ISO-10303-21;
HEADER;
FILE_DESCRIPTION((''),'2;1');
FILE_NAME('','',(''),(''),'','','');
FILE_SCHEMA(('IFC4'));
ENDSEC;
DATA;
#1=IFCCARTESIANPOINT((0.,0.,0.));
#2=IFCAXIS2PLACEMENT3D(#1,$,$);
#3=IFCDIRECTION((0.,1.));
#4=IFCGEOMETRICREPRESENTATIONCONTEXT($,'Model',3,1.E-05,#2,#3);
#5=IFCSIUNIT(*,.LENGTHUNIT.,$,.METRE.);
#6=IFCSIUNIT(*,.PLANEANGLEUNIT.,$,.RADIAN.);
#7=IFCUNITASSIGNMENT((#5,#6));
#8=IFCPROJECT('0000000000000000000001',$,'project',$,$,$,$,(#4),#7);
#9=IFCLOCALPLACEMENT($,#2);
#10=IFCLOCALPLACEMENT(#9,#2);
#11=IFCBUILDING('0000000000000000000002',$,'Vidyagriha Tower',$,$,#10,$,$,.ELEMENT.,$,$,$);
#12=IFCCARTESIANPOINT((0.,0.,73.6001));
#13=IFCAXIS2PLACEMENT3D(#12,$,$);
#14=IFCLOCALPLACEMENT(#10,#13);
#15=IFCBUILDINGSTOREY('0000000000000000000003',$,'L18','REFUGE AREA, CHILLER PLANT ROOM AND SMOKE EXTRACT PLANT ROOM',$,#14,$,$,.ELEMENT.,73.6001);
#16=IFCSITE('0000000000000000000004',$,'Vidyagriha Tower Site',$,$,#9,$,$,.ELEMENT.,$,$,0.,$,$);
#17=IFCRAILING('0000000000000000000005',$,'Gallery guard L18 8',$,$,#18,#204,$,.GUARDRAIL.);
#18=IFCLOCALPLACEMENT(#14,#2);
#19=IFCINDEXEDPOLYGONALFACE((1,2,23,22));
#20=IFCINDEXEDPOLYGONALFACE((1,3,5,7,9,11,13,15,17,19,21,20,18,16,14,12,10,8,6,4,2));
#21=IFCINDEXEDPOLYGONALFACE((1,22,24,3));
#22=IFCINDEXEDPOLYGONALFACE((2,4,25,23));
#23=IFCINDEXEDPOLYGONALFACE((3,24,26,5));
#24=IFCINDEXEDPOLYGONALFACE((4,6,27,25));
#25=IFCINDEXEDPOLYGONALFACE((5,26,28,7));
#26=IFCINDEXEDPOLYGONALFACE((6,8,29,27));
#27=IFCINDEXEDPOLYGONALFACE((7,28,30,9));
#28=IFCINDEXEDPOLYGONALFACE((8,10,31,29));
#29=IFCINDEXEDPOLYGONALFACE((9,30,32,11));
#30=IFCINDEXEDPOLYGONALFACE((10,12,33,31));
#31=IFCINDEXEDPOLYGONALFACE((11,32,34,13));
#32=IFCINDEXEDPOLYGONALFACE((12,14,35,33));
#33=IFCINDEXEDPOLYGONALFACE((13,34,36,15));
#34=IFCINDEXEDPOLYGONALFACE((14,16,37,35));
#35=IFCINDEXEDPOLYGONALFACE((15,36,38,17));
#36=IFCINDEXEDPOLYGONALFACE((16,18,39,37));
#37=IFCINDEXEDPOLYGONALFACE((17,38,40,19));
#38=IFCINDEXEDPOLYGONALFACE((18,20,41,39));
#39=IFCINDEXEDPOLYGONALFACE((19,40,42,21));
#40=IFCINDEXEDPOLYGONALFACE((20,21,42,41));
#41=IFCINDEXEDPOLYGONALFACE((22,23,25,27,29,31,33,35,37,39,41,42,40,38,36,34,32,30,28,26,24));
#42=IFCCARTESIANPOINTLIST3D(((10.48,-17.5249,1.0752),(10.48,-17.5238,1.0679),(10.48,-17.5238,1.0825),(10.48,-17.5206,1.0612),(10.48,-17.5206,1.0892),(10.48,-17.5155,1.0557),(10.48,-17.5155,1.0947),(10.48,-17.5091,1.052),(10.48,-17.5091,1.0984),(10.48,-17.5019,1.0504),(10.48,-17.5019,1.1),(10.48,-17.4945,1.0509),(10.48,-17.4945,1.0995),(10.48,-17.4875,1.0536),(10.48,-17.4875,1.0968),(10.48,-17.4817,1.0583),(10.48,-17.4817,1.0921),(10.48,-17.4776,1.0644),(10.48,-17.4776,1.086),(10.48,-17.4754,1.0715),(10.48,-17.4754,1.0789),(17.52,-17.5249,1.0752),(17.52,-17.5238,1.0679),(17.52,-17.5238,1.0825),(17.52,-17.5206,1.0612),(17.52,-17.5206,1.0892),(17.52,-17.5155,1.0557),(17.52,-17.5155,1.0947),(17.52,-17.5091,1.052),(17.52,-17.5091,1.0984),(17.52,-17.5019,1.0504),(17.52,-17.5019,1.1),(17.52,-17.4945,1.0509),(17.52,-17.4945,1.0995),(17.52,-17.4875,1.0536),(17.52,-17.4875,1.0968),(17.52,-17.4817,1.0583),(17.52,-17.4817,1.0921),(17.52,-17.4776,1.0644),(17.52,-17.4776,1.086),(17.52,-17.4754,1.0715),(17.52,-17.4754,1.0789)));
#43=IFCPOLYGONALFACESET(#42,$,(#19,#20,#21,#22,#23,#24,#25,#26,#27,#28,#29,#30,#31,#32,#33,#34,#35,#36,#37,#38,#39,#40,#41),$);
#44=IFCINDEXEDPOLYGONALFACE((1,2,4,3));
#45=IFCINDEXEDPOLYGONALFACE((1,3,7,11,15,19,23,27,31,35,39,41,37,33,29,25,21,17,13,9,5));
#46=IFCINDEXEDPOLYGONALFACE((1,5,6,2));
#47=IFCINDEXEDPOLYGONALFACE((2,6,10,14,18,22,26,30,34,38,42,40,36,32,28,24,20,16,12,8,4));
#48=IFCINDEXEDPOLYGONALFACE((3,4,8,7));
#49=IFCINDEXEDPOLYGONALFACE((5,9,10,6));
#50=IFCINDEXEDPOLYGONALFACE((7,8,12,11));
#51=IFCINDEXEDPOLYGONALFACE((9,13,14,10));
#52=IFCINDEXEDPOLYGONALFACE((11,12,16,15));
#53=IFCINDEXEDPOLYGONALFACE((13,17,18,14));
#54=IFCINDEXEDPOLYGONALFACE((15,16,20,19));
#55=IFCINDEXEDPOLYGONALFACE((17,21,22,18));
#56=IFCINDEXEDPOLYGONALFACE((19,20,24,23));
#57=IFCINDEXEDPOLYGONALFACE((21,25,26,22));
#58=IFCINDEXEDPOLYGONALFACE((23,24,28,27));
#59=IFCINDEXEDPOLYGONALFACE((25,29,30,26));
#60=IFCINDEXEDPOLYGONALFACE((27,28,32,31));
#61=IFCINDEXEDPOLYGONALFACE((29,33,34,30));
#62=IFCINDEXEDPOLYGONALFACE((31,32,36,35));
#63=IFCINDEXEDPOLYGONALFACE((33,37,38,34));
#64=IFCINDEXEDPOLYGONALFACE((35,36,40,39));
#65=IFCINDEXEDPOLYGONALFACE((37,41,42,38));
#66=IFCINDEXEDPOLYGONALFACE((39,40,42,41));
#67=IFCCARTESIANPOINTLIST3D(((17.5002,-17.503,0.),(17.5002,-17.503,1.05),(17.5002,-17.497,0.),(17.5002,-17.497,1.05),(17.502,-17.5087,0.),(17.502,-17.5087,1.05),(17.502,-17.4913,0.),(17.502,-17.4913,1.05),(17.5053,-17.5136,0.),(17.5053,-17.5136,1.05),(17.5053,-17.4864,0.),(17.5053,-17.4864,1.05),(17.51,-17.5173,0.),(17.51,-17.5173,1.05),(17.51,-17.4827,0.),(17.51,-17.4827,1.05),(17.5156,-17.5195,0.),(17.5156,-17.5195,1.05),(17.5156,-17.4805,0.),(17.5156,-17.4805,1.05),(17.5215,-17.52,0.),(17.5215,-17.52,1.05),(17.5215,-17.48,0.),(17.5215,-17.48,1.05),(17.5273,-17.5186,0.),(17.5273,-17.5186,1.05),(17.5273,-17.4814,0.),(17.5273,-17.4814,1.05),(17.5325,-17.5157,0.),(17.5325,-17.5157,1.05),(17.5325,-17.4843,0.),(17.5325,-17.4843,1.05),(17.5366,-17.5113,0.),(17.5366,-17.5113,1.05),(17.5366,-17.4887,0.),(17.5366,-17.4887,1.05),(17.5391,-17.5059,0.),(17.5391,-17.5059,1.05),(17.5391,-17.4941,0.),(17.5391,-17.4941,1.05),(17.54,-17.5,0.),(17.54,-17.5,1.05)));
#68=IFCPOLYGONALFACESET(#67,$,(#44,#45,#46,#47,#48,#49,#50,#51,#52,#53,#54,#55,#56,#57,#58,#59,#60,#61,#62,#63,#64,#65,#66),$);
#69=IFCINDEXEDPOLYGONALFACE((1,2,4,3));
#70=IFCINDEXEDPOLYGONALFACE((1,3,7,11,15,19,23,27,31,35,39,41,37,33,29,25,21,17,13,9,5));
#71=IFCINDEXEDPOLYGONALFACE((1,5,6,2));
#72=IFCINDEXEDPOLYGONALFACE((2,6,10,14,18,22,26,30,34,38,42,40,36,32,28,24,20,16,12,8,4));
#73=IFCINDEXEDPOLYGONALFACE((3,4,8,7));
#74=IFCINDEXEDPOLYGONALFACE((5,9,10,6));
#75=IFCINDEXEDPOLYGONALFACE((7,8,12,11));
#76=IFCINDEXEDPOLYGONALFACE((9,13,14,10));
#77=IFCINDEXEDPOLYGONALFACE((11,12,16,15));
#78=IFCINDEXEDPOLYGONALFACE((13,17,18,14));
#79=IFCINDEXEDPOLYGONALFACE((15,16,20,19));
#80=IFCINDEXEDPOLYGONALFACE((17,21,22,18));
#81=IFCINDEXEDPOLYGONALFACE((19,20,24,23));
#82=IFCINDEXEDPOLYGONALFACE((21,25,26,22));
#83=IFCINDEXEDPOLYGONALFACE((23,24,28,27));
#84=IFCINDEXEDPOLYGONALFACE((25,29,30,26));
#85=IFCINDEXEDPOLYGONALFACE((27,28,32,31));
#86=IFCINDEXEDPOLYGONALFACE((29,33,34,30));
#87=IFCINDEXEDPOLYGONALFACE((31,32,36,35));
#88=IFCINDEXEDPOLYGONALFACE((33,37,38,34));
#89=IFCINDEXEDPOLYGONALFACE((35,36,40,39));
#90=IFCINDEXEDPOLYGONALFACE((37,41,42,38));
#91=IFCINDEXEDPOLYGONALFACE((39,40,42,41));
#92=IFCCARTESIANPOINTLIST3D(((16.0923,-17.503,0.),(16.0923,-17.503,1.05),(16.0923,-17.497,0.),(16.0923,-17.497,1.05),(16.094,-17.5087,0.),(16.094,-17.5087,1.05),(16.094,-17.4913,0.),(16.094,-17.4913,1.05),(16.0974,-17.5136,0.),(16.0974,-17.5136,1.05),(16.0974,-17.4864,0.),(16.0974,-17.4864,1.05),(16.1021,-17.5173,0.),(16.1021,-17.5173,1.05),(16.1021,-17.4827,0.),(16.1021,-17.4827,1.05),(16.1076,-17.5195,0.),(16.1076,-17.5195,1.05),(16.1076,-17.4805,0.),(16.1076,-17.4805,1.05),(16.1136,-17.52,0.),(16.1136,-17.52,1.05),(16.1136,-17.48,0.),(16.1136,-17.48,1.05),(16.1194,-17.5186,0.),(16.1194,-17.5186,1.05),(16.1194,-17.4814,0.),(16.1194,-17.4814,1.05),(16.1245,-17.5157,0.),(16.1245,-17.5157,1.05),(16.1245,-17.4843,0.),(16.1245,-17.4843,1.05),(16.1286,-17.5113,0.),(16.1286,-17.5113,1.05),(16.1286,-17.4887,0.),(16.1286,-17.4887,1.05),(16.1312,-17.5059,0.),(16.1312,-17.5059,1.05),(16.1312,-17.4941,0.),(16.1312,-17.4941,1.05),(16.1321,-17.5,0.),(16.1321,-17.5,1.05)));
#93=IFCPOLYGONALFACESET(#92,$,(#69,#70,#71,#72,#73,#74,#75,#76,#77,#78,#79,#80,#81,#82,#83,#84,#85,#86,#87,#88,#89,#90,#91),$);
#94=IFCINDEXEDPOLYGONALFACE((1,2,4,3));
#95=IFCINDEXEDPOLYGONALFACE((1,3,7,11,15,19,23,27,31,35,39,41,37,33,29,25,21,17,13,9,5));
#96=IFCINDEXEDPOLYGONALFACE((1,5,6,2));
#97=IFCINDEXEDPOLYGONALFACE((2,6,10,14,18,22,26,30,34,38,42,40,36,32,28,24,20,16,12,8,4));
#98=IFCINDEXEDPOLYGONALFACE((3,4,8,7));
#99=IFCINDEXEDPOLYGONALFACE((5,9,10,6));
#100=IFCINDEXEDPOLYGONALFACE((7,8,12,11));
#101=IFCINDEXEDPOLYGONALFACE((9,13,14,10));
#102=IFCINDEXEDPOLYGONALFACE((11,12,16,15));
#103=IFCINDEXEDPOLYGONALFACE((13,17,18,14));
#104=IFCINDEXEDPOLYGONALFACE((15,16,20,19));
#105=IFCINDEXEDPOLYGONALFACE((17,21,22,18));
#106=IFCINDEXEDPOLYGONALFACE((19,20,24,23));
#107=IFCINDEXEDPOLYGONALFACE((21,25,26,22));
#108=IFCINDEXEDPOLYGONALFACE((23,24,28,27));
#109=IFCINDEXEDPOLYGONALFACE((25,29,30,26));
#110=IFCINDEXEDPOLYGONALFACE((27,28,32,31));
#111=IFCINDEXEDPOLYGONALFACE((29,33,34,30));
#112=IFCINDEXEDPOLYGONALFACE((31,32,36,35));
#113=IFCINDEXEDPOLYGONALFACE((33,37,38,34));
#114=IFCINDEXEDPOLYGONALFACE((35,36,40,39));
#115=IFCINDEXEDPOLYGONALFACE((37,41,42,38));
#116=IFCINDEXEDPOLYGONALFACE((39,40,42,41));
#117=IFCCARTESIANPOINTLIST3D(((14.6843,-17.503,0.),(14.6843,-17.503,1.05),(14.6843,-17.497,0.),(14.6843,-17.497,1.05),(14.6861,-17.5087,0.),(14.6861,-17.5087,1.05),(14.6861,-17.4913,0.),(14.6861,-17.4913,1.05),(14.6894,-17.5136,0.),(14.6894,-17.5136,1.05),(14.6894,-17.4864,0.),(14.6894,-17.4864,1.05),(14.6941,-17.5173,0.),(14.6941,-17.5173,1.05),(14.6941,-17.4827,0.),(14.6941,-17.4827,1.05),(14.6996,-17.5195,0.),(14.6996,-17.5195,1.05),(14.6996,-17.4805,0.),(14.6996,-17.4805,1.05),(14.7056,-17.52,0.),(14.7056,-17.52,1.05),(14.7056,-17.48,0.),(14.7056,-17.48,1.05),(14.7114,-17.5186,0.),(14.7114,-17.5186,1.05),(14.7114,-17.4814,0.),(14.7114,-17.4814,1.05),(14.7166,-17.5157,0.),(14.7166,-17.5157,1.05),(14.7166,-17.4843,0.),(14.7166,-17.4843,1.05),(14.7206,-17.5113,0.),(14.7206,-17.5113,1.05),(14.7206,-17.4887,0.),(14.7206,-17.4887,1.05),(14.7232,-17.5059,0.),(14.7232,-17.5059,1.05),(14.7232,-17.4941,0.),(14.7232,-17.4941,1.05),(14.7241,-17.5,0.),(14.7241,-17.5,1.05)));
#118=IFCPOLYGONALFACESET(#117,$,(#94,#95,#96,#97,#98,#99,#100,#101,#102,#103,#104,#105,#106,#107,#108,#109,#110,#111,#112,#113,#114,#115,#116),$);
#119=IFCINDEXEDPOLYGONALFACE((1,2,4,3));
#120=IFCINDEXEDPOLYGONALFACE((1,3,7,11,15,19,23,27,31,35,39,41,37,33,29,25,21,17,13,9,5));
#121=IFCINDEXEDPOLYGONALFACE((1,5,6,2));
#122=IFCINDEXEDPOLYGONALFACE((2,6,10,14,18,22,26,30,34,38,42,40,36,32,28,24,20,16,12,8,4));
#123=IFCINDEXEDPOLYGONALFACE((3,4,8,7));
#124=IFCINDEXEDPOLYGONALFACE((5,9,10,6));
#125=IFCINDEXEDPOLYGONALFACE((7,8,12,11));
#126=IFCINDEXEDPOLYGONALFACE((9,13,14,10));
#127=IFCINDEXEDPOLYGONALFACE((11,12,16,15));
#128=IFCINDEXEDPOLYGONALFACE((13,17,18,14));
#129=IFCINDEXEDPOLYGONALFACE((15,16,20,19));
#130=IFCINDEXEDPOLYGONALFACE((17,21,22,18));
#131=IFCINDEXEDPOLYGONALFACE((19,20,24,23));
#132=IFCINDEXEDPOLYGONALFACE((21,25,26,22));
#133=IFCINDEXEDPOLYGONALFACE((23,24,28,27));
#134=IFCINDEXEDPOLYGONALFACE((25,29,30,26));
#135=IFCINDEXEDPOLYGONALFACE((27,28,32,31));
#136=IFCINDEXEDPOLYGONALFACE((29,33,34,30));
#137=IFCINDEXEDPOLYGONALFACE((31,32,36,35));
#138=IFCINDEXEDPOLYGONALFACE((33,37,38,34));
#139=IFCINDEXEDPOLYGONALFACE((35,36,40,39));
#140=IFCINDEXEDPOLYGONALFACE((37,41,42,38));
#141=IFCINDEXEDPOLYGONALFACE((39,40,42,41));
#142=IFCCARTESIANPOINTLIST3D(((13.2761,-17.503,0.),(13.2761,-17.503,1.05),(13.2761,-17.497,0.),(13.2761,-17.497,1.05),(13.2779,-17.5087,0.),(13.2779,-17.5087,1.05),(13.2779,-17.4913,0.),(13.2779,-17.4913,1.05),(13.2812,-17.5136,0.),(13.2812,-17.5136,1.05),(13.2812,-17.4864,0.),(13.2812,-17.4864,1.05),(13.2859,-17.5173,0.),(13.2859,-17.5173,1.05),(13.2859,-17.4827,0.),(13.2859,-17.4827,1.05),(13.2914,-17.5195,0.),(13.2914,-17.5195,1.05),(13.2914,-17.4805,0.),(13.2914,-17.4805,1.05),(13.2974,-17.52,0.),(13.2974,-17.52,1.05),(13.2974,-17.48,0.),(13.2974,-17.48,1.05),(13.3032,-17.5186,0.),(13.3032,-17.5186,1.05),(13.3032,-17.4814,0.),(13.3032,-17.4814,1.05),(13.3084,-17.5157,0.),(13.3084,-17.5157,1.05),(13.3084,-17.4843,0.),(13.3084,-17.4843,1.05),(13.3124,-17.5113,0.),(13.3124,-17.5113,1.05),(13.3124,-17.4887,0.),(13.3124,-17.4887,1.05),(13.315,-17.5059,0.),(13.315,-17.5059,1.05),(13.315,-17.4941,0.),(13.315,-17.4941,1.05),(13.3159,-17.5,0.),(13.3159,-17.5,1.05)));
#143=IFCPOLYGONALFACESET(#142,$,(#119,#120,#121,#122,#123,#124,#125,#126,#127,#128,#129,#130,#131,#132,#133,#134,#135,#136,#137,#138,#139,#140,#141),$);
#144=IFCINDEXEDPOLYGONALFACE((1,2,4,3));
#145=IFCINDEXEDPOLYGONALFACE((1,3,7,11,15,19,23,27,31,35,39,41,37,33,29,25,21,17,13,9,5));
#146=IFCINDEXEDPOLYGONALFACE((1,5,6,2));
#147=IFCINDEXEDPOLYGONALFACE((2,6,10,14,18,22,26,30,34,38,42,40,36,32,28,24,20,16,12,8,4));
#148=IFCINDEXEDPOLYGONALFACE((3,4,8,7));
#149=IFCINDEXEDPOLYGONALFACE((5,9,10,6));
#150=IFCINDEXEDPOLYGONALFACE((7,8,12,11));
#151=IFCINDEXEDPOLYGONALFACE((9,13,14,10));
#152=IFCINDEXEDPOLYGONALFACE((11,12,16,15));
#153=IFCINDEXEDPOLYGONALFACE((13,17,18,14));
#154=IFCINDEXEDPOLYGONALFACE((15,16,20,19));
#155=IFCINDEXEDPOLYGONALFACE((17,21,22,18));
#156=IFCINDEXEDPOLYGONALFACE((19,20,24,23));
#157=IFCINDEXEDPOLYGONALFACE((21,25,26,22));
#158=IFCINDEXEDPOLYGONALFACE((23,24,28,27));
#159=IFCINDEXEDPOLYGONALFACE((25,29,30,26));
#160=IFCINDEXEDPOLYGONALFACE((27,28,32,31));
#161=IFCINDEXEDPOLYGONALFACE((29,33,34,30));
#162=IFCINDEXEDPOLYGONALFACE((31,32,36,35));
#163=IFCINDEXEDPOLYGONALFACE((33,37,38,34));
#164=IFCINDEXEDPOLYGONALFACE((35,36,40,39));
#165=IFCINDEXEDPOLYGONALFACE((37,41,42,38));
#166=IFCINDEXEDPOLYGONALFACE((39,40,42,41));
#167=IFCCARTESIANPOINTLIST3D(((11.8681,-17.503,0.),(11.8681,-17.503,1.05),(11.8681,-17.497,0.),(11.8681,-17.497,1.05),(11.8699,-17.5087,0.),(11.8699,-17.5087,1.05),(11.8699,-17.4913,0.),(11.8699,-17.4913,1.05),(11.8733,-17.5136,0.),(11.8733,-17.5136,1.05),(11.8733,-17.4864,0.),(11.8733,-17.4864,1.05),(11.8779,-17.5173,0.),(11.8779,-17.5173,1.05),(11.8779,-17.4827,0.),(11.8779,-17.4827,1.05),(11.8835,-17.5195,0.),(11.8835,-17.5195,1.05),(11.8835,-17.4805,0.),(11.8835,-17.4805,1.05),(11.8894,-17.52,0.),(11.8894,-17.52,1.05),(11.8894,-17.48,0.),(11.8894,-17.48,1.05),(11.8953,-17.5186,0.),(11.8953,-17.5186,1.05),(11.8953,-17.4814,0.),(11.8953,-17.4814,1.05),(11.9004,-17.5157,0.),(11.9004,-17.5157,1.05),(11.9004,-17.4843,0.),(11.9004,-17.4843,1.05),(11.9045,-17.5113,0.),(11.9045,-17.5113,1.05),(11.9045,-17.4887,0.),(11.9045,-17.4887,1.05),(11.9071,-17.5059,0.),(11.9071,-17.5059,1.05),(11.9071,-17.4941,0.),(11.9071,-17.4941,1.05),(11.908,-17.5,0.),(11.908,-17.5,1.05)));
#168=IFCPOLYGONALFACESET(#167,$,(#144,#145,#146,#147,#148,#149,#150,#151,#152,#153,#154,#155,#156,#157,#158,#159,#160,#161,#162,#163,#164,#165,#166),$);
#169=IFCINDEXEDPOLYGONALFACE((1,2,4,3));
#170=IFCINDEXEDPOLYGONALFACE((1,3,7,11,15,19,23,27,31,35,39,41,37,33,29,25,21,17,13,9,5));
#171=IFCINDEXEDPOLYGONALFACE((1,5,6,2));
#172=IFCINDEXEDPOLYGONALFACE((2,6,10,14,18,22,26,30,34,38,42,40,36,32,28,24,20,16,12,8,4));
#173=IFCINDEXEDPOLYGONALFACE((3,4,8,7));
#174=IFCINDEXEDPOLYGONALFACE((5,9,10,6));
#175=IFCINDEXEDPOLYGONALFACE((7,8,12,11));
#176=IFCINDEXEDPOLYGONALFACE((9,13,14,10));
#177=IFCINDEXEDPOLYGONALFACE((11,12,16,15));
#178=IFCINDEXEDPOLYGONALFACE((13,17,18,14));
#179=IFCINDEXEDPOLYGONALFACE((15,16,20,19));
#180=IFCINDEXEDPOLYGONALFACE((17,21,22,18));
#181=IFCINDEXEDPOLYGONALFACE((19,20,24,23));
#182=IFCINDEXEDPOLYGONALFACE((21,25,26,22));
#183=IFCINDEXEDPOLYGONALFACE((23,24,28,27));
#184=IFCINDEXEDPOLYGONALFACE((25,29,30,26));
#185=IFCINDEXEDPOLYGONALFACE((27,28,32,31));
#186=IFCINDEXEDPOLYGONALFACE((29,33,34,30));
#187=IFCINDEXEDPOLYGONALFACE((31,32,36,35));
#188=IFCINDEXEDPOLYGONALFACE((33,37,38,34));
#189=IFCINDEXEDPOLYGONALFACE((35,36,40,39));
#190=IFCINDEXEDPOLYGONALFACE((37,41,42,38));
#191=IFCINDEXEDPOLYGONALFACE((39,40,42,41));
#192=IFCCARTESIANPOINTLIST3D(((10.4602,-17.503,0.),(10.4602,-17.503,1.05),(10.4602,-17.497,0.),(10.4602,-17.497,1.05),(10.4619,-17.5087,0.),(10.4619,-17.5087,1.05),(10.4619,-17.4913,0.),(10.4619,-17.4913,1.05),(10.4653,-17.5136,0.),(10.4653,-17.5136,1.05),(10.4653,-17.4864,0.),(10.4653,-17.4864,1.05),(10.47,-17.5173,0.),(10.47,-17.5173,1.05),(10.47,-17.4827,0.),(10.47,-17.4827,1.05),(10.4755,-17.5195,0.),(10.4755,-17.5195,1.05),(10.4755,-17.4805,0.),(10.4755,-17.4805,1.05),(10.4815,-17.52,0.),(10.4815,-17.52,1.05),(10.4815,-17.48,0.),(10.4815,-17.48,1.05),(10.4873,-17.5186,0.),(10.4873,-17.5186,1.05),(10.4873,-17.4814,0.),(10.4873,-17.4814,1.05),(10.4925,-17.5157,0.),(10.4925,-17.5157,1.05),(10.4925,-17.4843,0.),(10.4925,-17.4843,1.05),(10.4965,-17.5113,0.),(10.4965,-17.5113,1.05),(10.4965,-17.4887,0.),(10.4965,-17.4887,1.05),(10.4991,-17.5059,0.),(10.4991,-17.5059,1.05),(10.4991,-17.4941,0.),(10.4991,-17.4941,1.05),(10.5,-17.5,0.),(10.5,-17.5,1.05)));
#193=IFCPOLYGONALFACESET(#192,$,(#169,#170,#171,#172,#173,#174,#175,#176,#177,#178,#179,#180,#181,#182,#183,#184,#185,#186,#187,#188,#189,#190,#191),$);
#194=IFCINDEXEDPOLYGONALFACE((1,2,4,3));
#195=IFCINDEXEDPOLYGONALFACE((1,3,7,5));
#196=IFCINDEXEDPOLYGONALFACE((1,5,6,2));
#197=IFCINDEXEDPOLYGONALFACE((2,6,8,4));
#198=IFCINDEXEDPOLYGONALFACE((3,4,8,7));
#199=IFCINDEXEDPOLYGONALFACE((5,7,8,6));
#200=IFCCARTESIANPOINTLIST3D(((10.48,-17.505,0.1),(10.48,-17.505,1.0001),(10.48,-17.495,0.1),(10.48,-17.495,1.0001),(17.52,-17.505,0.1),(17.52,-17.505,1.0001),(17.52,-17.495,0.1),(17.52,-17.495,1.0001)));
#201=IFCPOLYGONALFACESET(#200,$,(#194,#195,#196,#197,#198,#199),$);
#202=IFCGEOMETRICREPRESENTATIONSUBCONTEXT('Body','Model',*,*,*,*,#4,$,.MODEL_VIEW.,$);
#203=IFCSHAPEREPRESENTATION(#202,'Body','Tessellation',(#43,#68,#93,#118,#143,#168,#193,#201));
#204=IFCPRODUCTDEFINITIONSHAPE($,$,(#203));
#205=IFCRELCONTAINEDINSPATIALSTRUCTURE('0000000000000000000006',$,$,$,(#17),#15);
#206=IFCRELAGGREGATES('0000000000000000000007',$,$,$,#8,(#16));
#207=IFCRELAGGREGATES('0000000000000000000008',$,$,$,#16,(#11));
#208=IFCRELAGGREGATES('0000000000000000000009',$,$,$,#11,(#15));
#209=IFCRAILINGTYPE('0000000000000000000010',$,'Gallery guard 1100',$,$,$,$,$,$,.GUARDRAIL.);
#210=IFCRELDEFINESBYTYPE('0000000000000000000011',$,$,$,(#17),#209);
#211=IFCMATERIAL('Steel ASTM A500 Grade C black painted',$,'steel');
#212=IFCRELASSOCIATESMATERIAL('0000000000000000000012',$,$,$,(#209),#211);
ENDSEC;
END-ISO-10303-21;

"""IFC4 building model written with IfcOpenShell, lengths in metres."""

from ifc_helpers import new_model, si_unit, direction, frame, origin, origin_2d, place, context, subcontext, project, spatial, rectangle, circle, extrude, material, type_object, element, save


model = new_model("IFC4")

# Units and contexts
model_context = context("Model", 3, precision=1e-05, world=origin(), true_north=direction((0.0, 1.0)))
body_context = subcontext(model_context, "Body", "Model", "MODEL_VIEW")
ifc_project = project(units=[si_unit("LENGTHUNIT", "METRE"), si_unit("PLANEANGLEUNIT", "RADIAN")], contexts=[model_context])

# Site, building, storey
site_placement = place(None, origin())
site = spatial("IfcSite", under=ifc_project, at=site_placement, Name="Vidyagriha Tower Site", CompositionType="ELEMENT", RefElevation=0.0)
building_placement = place(site_placement, origin())
building = spatial("IfcBuilding", under=site, at=building_placement, Name="Vidyagriha Tower", CompositionType="ELEMENT")
storey_placement = place(building_placement, frame((0.0, 0.0, 73.6001)))
storey = spatial("IfcBuildingStorey", under=building, at=storey_placement, Name="L18", Description="REFUGE AREA, CHILLER PLANT ROOM AND SMOKE EXTRACT PLANT ROOM", CompositionType="ELEMENT", Elevation=73.6001)

# Railing
ifc_material_1 = material(Name="Steel ASTM A500 Grade C black painted", Category="steel")
railing_type = type_object("IfcRailingType", Name="Gallery guard 1100", PredefinedType="GUARDRAIL", material=ifc_material_1)
for number, where, name in (
    (1, (17.52, -17.5, 0.0), "Gallery guard L18 8"),
):
    element("IfcRailing", number, at=place(storey_placement, frame(where)), inside=storey, type_object=railing_type, Name=name, PredefinedType="GUARDRAIL", context=body_context, shape_type="SweptSolid", body=[
        extrude(circle(Radius=0.0249, at=origin_2d()), frame((0.0, 0.0, 1.0752), z_axis=(-1.0, 0.0, 0.0), x_axis=(0.0, -1.0, 0.0)), (0.0, 0.0, 1.0), 7.04),
        extrude(circle(Radius=0.02, at=origin_2d()), origin(), (0.0, 0.0, 1.0), 1.05),
        extrude(circle(Radius=0.02, at=origin_2d()), frame((-1.408, 0.0, 0.0)), (0.0, 0.0, 1.0), 1.05),
        extrude(circle(Radius=0.02, at=origin_2d()), frame((-2.8159, 0.0, 0.0)), (0.0, 0.0, 1.0), 1.05),
        extrude(circle(Radius=0.02, at=origin_2d()), frame((-4.2241, 0.0, 0.0)), (0.0, 0.0, 1.0), 1.05),
        extrude(circle(Radius=0.02, at=origin_2d()), frame((-5.6321, 0.0, 0.0)), (0.0, 0.0, 1.0), 1.05),
        extrude(circle(Radius=0.02, at=origin_2d()), frame((-7.04, 0.0, 0.0)), (0.0, 0.0, 1.0), 1.05),
        extrude(rectangle(XDim=0.01, YDim=0.9001, at=origin_2d()), frame((0.0, 0.0, 0.55), z_axis=(-1.0, 0.0, 0.0), x_axis=(0.0, -1.0, 0.0)), (0.0, 0.0, 1.0), 7.04),
    ])

save(model, "model.ifc")
